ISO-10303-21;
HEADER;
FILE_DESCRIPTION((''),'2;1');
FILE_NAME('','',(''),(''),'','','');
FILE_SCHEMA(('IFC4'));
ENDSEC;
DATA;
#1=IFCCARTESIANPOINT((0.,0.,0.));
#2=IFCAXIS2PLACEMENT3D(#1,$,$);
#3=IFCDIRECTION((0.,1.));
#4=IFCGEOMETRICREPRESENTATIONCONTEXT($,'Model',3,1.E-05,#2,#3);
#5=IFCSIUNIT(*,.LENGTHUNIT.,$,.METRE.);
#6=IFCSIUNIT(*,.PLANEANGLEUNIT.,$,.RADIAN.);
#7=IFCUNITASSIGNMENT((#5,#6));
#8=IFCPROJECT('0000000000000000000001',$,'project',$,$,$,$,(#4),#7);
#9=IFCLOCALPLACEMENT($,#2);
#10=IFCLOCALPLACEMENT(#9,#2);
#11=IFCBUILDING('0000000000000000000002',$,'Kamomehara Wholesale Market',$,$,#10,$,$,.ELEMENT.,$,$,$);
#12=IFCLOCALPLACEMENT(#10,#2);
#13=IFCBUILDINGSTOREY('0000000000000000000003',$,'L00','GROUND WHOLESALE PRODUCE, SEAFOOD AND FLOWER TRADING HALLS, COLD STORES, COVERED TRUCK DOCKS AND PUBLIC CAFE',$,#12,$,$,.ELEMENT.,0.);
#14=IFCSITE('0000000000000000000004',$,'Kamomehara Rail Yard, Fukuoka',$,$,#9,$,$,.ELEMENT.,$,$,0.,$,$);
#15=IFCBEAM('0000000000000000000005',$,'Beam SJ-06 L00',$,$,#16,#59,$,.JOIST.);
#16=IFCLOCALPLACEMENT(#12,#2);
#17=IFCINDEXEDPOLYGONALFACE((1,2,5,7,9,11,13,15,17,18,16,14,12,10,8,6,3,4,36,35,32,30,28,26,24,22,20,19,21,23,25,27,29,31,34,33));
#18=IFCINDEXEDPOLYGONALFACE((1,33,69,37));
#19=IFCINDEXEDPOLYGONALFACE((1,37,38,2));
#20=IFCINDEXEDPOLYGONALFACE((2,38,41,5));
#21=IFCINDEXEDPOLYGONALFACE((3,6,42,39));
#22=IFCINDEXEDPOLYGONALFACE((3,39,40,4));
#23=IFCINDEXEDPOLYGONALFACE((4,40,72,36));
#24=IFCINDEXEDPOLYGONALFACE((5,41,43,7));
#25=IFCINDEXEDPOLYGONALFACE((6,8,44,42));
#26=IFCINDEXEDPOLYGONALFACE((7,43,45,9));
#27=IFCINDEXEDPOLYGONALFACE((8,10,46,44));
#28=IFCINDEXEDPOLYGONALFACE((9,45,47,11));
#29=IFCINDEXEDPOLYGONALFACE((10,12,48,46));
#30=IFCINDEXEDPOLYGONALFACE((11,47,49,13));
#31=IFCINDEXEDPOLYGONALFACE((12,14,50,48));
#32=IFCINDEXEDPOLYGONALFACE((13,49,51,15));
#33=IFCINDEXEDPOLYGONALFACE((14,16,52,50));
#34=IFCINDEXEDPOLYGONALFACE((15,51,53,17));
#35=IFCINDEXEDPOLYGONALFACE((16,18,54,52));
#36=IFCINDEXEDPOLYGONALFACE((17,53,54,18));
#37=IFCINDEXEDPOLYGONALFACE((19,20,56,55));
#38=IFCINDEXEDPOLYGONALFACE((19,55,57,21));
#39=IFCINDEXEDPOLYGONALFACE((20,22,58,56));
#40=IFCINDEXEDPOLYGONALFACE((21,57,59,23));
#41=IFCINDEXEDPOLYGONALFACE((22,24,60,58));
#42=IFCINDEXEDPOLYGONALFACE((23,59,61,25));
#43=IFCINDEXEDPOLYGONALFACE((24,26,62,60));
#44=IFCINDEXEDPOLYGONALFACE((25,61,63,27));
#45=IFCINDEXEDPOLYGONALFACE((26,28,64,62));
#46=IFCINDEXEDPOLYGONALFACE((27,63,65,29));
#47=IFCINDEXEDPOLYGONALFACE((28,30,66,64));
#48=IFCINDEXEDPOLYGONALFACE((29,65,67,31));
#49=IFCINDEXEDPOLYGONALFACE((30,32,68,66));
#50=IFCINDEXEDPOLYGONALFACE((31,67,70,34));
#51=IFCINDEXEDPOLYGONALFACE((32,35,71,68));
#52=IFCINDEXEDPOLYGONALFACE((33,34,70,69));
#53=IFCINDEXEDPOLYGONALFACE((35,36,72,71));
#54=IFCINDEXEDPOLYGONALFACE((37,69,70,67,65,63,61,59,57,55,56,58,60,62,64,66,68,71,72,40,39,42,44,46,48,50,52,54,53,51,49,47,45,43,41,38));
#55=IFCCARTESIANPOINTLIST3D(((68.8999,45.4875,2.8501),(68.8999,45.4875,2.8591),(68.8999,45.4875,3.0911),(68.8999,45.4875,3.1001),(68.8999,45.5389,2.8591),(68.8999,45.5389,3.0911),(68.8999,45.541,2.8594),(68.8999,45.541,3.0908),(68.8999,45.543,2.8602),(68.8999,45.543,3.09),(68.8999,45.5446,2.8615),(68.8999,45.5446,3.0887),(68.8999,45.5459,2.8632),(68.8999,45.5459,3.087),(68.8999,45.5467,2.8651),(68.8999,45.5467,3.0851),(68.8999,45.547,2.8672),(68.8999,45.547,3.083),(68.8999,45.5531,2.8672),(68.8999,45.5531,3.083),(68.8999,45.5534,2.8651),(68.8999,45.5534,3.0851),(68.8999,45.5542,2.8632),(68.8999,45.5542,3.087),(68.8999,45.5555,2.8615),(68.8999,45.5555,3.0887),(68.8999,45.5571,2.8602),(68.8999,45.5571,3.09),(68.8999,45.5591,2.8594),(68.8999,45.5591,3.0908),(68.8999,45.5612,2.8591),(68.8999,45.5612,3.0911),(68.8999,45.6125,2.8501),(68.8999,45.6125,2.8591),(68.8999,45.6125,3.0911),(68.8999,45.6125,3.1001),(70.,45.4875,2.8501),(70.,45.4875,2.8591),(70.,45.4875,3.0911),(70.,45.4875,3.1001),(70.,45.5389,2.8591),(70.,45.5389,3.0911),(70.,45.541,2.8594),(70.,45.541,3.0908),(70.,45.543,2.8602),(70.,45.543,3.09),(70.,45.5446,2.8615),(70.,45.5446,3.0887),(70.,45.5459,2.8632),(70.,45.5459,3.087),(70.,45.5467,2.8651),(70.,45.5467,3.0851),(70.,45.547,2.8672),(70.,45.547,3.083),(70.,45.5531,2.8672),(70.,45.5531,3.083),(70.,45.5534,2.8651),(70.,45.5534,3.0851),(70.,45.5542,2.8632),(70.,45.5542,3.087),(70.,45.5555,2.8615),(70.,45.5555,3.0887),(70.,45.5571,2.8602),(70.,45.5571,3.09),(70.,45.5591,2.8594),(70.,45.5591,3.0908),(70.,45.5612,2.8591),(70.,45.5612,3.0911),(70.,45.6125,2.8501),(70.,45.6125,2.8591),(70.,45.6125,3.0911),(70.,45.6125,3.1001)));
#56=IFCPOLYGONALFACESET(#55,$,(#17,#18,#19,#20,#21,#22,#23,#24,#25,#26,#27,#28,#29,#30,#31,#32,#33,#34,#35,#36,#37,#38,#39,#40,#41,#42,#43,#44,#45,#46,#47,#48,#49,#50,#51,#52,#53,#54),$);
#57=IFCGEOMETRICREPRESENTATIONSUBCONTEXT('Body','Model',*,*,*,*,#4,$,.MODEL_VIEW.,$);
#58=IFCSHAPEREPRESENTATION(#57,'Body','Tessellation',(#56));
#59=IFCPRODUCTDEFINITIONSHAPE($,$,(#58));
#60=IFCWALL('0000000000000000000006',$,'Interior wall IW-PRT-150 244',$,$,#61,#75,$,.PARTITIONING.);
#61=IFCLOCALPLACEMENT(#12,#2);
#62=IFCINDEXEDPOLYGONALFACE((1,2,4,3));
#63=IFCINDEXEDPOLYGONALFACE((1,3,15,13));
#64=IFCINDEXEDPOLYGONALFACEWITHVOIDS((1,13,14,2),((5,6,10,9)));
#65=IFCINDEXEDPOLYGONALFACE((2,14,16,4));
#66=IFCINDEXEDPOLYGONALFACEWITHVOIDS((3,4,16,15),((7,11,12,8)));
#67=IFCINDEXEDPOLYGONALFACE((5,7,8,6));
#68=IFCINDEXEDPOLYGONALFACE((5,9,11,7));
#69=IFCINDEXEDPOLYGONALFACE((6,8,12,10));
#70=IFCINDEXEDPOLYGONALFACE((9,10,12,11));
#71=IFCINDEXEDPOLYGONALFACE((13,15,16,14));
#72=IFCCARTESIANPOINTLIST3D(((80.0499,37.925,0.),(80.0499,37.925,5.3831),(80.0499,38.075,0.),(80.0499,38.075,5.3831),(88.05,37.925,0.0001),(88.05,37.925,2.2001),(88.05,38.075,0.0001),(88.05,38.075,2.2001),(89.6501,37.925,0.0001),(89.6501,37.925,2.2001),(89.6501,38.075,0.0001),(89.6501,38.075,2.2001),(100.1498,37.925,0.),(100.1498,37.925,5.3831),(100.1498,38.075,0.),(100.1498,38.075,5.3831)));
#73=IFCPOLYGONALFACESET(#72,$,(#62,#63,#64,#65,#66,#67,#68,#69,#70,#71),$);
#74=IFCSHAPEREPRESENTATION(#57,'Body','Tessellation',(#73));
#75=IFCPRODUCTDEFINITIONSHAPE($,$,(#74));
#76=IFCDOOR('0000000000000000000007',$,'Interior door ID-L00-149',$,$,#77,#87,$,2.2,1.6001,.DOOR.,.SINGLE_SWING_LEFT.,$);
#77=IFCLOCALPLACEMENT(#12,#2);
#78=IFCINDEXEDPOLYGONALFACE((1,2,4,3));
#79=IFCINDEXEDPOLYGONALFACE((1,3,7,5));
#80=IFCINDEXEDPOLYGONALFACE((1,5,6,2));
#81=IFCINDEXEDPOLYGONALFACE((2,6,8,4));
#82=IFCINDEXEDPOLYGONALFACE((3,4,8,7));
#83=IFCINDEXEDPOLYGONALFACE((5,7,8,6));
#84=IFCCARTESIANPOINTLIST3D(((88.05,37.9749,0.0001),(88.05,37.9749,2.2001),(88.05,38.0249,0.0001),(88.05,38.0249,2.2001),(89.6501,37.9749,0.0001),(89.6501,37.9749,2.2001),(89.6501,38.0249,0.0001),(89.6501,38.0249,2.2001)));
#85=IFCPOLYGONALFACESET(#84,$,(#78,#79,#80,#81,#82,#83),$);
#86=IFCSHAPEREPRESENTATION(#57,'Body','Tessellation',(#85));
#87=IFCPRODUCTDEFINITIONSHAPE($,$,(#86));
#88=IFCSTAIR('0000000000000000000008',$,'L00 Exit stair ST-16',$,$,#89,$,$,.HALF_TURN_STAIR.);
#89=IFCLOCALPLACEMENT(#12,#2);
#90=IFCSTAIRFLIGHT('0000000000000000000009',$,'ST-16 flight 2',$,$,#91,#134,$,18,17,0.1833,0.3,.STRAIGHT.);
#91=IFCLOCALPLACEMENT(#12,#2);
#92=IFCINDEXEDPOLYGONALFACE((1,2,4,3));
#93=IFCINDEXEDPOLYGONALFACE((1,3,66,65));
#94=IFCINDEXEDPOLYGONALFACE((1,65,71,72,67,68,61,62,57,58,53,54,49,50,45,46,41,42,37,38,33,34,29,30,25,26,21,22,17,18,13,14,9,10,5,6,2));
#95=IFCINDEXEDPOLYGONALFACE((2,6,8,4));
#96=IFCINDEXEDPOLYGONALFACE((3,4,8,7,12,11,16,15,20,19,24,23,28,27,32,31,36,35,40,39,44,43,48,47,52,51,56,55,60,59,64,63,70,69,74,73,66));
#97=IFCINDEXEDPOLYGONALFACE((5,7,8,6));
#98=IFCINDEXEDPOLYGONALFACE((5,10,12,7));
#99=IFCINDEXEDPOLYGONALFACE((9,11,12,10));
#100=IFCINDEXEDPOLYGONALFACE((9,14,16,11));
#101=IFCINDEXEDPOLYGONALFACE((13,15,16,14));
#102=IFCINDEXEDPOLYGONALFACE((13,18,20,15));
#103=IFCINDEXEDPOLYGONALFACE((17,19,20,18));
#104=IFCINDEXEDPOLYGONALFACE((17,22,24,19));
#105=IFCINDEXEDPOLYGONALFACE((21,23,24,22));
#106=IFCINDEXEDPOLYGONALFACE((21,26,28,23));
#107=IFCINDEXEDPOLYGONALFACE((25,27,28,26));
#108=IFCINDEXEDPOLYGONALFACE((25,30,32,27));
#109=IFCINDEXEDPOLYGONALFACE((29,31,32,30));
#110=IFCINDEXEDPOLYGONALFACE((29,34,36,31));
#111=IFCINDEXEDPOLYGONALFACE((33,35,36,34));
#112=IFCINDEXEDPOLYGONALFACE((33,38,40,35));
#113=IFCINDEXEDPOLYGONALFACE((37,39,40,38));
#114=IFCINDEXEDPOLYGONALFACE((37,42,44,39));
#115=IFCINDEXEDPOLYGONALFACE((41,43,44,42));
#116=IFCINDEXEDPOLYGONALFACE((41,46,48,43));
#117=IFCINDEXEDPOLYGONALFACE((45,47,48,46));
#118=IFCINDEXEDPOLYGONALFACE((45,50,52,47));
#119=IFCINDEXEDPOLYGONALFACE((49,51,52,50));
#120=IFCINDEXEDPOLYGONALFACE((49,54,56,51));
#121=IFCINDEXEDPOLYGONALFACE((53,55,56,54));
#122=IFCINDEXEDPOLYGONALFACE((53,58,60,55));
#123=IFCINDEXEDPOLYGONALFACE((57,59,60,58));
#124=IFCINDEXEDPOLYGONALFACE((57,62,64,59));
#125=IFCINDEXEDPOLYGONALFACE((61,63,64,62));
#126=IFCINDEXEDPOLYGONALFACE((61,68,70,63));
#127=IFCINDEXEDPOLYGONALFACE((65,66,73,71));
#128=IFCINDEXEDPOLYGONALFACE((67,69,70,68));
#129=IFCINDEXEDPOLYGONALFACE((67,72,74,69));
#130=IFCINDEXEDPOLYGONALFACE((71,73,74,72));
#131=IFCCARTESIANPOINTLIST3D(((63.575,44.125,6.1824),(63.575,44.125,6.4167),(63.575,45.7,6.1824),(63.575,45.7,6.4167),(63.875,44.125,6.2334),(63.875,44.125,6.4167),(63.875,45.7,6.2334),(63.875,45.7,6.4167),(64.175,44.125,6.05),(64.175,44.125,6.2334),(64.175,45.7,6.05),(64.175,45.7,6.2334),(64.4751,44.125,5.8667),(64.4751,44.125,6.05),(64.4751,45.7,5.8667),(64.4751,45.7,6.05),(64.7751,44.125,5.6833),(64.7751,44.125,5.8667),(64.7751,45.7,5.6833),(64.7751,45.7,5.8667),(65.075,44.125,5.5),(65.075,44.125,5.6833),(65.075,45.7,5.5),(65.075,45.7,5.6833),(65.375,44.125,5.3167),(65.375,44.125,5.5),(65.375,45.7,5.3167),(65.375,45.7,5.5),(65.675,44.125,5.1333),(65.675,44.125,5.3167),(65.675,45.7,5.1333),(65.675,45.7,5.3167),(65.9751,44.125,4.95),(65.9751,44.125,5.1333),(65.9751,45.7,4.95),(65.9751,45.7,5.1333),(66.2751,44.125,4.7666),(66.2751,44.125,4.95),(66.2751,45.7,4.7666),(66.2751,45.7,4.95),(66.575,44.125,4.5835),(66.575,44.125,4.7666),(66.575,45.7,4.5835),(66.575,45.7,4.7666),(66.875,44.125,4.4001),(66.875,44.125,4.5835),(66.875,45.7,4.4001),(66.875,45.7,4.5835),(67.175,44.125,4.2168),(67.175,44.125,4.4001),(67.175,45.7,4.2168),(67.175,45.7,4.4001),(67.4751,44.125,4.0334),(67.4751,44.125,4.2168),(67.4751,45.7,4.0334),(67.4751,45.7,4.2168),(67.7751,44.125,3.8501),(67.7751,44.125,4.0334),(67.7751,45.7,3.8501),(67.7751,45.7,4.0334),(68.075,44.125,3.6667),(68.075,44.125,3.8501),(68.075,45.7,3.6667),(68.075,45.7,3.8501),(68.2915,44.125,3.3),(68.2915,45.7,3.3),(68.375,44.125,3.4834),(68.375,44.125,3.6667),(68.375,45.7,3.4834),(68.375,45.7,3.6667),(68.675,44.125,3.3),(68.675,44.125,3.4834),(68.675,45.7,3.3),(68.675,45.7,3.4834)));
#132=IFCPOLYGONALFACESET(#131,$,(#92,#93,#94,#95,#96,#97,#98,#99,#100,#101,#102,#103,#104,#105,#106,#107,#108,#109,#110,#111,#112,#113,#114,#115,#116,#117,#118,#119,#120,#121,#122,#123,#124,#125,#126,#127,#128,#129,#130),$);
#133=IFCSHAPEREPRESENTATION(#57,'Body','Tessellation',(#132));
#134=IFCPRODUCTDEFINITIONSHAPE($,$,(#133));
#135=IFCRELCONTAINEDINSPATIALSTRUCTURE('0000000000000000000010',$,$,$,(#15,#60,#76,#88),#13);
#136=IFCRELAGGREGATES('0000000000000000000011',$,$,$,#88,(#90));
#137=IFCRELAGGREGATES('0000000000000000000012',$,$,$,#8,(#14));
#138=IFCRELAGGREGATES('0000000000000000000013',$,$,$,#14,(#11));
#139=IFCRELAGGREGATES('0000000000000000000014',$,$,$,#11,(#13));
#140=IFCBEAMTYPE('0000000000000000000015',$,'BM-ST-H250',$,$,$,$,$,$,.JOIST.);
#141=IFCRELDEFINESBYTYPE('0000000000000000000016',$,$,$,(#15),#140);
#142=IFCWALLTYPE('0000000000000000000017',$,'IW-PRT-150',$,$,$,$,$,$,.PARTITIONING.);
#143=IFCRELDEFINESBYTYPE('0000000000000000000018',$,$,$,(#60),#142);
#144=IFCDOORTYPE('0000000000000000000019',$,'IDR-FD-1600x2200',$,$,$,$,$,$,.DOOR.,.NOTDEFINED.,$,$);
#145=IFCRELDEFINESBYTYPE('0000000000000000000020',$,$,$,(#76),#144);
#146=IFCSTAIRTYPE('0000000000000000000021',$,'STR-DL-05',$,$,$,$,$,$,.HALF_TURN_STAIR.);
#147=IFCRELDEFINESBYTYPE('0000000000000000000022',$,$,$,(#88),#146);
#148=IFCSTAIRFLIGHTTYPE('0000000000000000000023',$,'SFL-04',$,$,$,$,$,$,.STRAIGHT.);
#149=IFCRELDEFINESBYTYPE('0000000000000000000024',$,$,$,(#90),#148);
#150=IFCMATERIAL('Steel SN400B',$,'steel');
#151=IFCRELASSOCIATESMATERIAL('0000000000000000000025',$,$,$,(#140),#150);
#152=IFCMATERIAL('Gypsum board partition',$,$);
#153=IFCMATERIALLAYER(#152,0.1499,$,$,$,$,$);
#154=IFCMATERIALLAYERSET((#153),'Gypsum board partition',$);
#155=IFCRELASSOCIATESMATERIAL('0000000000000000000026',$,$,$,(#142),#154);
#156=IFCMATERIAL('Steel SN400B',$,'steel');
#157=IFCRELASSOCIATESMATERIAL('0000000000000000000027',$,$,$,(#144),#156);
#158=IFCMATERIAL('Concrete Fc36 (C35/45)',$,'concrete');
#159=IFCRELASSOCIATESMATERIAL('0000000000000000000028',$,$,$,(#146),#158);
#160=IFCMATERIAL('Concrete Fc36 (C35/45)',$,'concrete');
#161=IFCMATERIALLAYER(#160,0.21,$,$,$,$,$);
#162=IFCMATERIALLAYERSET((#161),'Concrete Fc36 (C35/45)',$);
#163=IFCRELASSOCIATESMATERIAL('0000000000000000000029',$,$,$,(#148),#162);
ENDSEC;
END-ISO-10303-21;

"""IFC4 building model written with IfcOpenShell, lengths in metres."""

from ifc_helpers import new_model, si_unit, direction, frame, frame_2d, origin, origin_2d, place, context, subcontext, project, spatial, polyline, rectangle, i_section, outline, extrude, material, layer, layer_set, material_profile, profile_set, type_object, element, fill, aggregate, save


model = new_model("IFC4")

# Units and contexts
model_context = context("Model", 3, precision=1e-05, world=origin(), true_north=direction((0.0, 1.0)))
body_context = subcontext(model_context, "Body", "Model", "MODEL_VIEW")
ifc_project = project(units=[si_unit("LENGTHUNIT", "METRE"), si_unit("PLANEANGLEUNIT", "RADIAN")], contexts=[model_context])

# Site, building, storey
site_placement = place(None, origin())
site = spatial("IfcSite", under=ifc_project, at=site_placement, Name="Kamomehara Rail Yard, Fukuoka", CompositionType="ELEMENT", RefElevation=0.0)
building_placement = place(site_placement, origin())
building = spatial("IfcBuilding", under=site, at=building_placement, Name="Kamomehara Wholesale Market", CompositionType="ELEMENT")
storey_placement = place(building_placement, origin())
storey = spatial("IfcBuildingStorey", under=building, at=storey_placement, Name="L00", Description="GROUND WHOLESALE PRODUCE, SEAFOOD AND FLOWER TRADING HALLS, COLD STORES, COVERED TRUCK DOCKS AND PUBLIC CAFE", CompositionType="ELEMENT", Elevation=0.0)

# Beam
ifc_material_1 = material(Name="Steel SN400B", Category="steel")
ifc_material_profile_1 = material_profile(ifc_material_1, i_section(OverallWidth=0.125, OverallDepth=0.25, WebThickness=0.0061, FlangeThickness=0.009, FilletRadius=0.0081, at=origin_2d()), Name="H-250x125x6x9")
ifc_profile_set_1 = profile_set([ifc_material_profile_1], Name="Steel SN400B")
beam_type = type_object("IfcBeamType", Name="BM-ST-H250", PredefinedType="JOIST", material=ifc_profile_set_1)
for number, where, z_axis, x_axis, name in (
    (1, (68.8999, 45.55, 2.9751), (1.0, 0.0, 0.0), (0.0, 1.0, 0.0), "Beam SJ-06 L00"),
):
    element("IfcBeam", number, at=place(storey_placement, frame(where, z_axis=z_axis, x_axis=x_axis)), inside=storey, type_object=beam_type, Name=name, PredefinedType="JOIST", context=body_context, shape_type="SweptSolid", body=[
        extrude(i_section(OverallWidth=0.125, OverallDepth=0.25, WebThickness=0.0061, FlangeThickness=0.009, FilletRadius=0.0081, at=origin_2d()), origin(), (0.0, 0.0, 1.0), 1.1001),
    ])

# Wall, opening, door
ifc_material_2 = material(Name="Gypsum board partition")
ifc_layer_1 = layer(ifc_material_2, 0.1499)
ifc_layer_set_1 = layer_set([ifc_layer_1], Name="Gypsum board partition")
wall_type = type_object("IfcWallType", Name="IW-PRT-150", PredefinedType="PARTITIONING", material=ifc_layer_set_1)
wall_placement = place(storey_placement, frame((80.05, 38.0, 0.0), z_axis=(0.0, 0.0, 1.0), x_axis=(1.0, 0.0, 0.0)))
wall = element("IfcWall", 2, at=wall_placement, inside=storey, type_object=wall_type, Name="Interior wall IW-PRT-150 244", PredefinedType="PARTITIONING", context=body_context, shape_type="SweptSolid", body=[
    extrude(rectangle(XDim=20.0999, YDim=0.1499, at=frame_2d((10.0498, 0.0))), origin(), (0.0, 0.0, 1.0), 5.3831),
])
opening_placement = place(wall_placement, frame((8.0, 0.0, 0.0)))
opening = element("IfcOpeningElement", 3, at=opening_placement, cuts=wall, PredefinedType="OPENING", context=body_context, shape_type="SweptSolid", body=[
    extrude(rectangle(XDim=1.6001, YDim=2.2, at=frame_2d((0.8, 1.1001))), frame((0.0, 0.0898, 0.0), z_axis=(0.0, -1.0, 0.0), x_axis=(1.0, 0.0, 0.0)), (0.0, 0.0, 1.0), 0.1797),
])
ifc_material_3 = material(Name="Steel SN400B", Category="steel")
door_type = type_object("IfcDoorType", Name="IDR-FD-1600x2200", OperationType="NOTDEFINED", PredefinedType="DOOR", material=ifc_material_3)
door_placement = place(opening_placement, origin())
door = element("IfcDoor", 4, at=door_placement, inside=storey, type_object=door_type, Name="Interior door ID-L00-149", OperationType="SINGLE_SWING_LEFT", OverallHeight=2.2, OverallWidth=1.6001, PredefinedType="DOOR", context=body_context, shape_type="SweptSolid", body=[
    extrude(rectangle(XDim=1.6001, YDim=2.2, at=frame_2d((0.8, 1.1001))), frame((0.0, 0.0249, 0.0), z_axis=(0.0, -1.0, 0.0), x_axis=(1.0, 0.0, 0.0)), (0.0, 0.0, 1.0), 0.05),
])
fill(opening, door)

# Stair, stair flight
ifc_material_4 = material(Name="Concrete Fc36 (C35/45)", Category="concrete")
stair_type = type_object("IfcStairType", Name="STR-DL-05", PredefinedType="HALF_TURN_STAIR", material=ifc_material_4)
stair_placement = place(storey_placement, origin())
stair = element("IfcStair", 5, at=stair_placement, inside=storey, type_object=stair_type, Name="L00 Exit stair ST-16", PredefinedType="HALF_TURN_STAIR")
ifc_material_5 = material(Name="Concrete Fc36 (C35/45)", Category="concrete")
ifc_layer_2 = layer(ifc_material_5, 0.21)
ifc_layer_set_2 = layer_set([ifc_layer_2], Name="Concrete Fc36 (C35/45)")
stair_flight_type = type_object("IfcStairFlightType", Name="SFL-04", PredefinedType="STRAIGHT", material=ifc_layer_set_2)
stair_flight_placement = place(storey_placement, frame((68.675, 44.9126, 3.3), z_axis=(0.0, 0.0, 1.0), x_axis=(-1.0, 0.0, 0.0)))
stair_flight = element("IfcStairFlight", 6, at=stair_flight_placement, type_object=stair_flight_type, Name="ST-16 flight 2", NumberOfRisers=18, NumberOfTreads=17, PredefinedType="STRAIGHT", RiserHeight=0.1833, TreadLength=0.3, context=body_context, shape_type="SweptSolid", body=[
    extrude(outline(polyline([(0.0, 0.0), (0.0, 0.1833), (0.3, 0.1833), (0.3, 0.3667), (0.6001, 0.3667), (0.6001, 0.55), (0.8999, 0.55), (0.8999, 0.7334), (1.2, 0.7334), (1.2, 0.9167), (1.5, 0.9167), (1.5, 1.1001), (1.8, 1.1001), (1.8, 1.2834), (2.1001, 1.2834), (2.1001, 1.4666), (2.3999, 1.4666), (2.3999, 1.6499), (2.7, 1.6499), (2.7, 1.8333), (3.0, 1.8333), (3.0, 2.0166), (3.3, 2.0166), (3.3, 2.2), (3.6001, 2.2), (3.6001, 2.3833), (3.8999, 2.3833), (3.8999, 2.5667), (4.2, 2.5667), (4.2, 2.75), (4.5, 2.75), (4.5, 2.9333), (4.8, 2.9333), (4.8, 3.1167), (5.1001, 3.1167), (5.1001, 3.3), (5.1001, 2.8823), (0.3835, 0.0), (0.0, 0.0)])), frame((0.0, 0.7876, 0.0), z_axis=(0.0, -1.0, 0.0), x_axis=(1.0, 0.0, 0.0)), (0.0, 0.0, 1.0), 1.575),
])
aggregate(stair, [stair_flight])

save(model, "model.ifc")
